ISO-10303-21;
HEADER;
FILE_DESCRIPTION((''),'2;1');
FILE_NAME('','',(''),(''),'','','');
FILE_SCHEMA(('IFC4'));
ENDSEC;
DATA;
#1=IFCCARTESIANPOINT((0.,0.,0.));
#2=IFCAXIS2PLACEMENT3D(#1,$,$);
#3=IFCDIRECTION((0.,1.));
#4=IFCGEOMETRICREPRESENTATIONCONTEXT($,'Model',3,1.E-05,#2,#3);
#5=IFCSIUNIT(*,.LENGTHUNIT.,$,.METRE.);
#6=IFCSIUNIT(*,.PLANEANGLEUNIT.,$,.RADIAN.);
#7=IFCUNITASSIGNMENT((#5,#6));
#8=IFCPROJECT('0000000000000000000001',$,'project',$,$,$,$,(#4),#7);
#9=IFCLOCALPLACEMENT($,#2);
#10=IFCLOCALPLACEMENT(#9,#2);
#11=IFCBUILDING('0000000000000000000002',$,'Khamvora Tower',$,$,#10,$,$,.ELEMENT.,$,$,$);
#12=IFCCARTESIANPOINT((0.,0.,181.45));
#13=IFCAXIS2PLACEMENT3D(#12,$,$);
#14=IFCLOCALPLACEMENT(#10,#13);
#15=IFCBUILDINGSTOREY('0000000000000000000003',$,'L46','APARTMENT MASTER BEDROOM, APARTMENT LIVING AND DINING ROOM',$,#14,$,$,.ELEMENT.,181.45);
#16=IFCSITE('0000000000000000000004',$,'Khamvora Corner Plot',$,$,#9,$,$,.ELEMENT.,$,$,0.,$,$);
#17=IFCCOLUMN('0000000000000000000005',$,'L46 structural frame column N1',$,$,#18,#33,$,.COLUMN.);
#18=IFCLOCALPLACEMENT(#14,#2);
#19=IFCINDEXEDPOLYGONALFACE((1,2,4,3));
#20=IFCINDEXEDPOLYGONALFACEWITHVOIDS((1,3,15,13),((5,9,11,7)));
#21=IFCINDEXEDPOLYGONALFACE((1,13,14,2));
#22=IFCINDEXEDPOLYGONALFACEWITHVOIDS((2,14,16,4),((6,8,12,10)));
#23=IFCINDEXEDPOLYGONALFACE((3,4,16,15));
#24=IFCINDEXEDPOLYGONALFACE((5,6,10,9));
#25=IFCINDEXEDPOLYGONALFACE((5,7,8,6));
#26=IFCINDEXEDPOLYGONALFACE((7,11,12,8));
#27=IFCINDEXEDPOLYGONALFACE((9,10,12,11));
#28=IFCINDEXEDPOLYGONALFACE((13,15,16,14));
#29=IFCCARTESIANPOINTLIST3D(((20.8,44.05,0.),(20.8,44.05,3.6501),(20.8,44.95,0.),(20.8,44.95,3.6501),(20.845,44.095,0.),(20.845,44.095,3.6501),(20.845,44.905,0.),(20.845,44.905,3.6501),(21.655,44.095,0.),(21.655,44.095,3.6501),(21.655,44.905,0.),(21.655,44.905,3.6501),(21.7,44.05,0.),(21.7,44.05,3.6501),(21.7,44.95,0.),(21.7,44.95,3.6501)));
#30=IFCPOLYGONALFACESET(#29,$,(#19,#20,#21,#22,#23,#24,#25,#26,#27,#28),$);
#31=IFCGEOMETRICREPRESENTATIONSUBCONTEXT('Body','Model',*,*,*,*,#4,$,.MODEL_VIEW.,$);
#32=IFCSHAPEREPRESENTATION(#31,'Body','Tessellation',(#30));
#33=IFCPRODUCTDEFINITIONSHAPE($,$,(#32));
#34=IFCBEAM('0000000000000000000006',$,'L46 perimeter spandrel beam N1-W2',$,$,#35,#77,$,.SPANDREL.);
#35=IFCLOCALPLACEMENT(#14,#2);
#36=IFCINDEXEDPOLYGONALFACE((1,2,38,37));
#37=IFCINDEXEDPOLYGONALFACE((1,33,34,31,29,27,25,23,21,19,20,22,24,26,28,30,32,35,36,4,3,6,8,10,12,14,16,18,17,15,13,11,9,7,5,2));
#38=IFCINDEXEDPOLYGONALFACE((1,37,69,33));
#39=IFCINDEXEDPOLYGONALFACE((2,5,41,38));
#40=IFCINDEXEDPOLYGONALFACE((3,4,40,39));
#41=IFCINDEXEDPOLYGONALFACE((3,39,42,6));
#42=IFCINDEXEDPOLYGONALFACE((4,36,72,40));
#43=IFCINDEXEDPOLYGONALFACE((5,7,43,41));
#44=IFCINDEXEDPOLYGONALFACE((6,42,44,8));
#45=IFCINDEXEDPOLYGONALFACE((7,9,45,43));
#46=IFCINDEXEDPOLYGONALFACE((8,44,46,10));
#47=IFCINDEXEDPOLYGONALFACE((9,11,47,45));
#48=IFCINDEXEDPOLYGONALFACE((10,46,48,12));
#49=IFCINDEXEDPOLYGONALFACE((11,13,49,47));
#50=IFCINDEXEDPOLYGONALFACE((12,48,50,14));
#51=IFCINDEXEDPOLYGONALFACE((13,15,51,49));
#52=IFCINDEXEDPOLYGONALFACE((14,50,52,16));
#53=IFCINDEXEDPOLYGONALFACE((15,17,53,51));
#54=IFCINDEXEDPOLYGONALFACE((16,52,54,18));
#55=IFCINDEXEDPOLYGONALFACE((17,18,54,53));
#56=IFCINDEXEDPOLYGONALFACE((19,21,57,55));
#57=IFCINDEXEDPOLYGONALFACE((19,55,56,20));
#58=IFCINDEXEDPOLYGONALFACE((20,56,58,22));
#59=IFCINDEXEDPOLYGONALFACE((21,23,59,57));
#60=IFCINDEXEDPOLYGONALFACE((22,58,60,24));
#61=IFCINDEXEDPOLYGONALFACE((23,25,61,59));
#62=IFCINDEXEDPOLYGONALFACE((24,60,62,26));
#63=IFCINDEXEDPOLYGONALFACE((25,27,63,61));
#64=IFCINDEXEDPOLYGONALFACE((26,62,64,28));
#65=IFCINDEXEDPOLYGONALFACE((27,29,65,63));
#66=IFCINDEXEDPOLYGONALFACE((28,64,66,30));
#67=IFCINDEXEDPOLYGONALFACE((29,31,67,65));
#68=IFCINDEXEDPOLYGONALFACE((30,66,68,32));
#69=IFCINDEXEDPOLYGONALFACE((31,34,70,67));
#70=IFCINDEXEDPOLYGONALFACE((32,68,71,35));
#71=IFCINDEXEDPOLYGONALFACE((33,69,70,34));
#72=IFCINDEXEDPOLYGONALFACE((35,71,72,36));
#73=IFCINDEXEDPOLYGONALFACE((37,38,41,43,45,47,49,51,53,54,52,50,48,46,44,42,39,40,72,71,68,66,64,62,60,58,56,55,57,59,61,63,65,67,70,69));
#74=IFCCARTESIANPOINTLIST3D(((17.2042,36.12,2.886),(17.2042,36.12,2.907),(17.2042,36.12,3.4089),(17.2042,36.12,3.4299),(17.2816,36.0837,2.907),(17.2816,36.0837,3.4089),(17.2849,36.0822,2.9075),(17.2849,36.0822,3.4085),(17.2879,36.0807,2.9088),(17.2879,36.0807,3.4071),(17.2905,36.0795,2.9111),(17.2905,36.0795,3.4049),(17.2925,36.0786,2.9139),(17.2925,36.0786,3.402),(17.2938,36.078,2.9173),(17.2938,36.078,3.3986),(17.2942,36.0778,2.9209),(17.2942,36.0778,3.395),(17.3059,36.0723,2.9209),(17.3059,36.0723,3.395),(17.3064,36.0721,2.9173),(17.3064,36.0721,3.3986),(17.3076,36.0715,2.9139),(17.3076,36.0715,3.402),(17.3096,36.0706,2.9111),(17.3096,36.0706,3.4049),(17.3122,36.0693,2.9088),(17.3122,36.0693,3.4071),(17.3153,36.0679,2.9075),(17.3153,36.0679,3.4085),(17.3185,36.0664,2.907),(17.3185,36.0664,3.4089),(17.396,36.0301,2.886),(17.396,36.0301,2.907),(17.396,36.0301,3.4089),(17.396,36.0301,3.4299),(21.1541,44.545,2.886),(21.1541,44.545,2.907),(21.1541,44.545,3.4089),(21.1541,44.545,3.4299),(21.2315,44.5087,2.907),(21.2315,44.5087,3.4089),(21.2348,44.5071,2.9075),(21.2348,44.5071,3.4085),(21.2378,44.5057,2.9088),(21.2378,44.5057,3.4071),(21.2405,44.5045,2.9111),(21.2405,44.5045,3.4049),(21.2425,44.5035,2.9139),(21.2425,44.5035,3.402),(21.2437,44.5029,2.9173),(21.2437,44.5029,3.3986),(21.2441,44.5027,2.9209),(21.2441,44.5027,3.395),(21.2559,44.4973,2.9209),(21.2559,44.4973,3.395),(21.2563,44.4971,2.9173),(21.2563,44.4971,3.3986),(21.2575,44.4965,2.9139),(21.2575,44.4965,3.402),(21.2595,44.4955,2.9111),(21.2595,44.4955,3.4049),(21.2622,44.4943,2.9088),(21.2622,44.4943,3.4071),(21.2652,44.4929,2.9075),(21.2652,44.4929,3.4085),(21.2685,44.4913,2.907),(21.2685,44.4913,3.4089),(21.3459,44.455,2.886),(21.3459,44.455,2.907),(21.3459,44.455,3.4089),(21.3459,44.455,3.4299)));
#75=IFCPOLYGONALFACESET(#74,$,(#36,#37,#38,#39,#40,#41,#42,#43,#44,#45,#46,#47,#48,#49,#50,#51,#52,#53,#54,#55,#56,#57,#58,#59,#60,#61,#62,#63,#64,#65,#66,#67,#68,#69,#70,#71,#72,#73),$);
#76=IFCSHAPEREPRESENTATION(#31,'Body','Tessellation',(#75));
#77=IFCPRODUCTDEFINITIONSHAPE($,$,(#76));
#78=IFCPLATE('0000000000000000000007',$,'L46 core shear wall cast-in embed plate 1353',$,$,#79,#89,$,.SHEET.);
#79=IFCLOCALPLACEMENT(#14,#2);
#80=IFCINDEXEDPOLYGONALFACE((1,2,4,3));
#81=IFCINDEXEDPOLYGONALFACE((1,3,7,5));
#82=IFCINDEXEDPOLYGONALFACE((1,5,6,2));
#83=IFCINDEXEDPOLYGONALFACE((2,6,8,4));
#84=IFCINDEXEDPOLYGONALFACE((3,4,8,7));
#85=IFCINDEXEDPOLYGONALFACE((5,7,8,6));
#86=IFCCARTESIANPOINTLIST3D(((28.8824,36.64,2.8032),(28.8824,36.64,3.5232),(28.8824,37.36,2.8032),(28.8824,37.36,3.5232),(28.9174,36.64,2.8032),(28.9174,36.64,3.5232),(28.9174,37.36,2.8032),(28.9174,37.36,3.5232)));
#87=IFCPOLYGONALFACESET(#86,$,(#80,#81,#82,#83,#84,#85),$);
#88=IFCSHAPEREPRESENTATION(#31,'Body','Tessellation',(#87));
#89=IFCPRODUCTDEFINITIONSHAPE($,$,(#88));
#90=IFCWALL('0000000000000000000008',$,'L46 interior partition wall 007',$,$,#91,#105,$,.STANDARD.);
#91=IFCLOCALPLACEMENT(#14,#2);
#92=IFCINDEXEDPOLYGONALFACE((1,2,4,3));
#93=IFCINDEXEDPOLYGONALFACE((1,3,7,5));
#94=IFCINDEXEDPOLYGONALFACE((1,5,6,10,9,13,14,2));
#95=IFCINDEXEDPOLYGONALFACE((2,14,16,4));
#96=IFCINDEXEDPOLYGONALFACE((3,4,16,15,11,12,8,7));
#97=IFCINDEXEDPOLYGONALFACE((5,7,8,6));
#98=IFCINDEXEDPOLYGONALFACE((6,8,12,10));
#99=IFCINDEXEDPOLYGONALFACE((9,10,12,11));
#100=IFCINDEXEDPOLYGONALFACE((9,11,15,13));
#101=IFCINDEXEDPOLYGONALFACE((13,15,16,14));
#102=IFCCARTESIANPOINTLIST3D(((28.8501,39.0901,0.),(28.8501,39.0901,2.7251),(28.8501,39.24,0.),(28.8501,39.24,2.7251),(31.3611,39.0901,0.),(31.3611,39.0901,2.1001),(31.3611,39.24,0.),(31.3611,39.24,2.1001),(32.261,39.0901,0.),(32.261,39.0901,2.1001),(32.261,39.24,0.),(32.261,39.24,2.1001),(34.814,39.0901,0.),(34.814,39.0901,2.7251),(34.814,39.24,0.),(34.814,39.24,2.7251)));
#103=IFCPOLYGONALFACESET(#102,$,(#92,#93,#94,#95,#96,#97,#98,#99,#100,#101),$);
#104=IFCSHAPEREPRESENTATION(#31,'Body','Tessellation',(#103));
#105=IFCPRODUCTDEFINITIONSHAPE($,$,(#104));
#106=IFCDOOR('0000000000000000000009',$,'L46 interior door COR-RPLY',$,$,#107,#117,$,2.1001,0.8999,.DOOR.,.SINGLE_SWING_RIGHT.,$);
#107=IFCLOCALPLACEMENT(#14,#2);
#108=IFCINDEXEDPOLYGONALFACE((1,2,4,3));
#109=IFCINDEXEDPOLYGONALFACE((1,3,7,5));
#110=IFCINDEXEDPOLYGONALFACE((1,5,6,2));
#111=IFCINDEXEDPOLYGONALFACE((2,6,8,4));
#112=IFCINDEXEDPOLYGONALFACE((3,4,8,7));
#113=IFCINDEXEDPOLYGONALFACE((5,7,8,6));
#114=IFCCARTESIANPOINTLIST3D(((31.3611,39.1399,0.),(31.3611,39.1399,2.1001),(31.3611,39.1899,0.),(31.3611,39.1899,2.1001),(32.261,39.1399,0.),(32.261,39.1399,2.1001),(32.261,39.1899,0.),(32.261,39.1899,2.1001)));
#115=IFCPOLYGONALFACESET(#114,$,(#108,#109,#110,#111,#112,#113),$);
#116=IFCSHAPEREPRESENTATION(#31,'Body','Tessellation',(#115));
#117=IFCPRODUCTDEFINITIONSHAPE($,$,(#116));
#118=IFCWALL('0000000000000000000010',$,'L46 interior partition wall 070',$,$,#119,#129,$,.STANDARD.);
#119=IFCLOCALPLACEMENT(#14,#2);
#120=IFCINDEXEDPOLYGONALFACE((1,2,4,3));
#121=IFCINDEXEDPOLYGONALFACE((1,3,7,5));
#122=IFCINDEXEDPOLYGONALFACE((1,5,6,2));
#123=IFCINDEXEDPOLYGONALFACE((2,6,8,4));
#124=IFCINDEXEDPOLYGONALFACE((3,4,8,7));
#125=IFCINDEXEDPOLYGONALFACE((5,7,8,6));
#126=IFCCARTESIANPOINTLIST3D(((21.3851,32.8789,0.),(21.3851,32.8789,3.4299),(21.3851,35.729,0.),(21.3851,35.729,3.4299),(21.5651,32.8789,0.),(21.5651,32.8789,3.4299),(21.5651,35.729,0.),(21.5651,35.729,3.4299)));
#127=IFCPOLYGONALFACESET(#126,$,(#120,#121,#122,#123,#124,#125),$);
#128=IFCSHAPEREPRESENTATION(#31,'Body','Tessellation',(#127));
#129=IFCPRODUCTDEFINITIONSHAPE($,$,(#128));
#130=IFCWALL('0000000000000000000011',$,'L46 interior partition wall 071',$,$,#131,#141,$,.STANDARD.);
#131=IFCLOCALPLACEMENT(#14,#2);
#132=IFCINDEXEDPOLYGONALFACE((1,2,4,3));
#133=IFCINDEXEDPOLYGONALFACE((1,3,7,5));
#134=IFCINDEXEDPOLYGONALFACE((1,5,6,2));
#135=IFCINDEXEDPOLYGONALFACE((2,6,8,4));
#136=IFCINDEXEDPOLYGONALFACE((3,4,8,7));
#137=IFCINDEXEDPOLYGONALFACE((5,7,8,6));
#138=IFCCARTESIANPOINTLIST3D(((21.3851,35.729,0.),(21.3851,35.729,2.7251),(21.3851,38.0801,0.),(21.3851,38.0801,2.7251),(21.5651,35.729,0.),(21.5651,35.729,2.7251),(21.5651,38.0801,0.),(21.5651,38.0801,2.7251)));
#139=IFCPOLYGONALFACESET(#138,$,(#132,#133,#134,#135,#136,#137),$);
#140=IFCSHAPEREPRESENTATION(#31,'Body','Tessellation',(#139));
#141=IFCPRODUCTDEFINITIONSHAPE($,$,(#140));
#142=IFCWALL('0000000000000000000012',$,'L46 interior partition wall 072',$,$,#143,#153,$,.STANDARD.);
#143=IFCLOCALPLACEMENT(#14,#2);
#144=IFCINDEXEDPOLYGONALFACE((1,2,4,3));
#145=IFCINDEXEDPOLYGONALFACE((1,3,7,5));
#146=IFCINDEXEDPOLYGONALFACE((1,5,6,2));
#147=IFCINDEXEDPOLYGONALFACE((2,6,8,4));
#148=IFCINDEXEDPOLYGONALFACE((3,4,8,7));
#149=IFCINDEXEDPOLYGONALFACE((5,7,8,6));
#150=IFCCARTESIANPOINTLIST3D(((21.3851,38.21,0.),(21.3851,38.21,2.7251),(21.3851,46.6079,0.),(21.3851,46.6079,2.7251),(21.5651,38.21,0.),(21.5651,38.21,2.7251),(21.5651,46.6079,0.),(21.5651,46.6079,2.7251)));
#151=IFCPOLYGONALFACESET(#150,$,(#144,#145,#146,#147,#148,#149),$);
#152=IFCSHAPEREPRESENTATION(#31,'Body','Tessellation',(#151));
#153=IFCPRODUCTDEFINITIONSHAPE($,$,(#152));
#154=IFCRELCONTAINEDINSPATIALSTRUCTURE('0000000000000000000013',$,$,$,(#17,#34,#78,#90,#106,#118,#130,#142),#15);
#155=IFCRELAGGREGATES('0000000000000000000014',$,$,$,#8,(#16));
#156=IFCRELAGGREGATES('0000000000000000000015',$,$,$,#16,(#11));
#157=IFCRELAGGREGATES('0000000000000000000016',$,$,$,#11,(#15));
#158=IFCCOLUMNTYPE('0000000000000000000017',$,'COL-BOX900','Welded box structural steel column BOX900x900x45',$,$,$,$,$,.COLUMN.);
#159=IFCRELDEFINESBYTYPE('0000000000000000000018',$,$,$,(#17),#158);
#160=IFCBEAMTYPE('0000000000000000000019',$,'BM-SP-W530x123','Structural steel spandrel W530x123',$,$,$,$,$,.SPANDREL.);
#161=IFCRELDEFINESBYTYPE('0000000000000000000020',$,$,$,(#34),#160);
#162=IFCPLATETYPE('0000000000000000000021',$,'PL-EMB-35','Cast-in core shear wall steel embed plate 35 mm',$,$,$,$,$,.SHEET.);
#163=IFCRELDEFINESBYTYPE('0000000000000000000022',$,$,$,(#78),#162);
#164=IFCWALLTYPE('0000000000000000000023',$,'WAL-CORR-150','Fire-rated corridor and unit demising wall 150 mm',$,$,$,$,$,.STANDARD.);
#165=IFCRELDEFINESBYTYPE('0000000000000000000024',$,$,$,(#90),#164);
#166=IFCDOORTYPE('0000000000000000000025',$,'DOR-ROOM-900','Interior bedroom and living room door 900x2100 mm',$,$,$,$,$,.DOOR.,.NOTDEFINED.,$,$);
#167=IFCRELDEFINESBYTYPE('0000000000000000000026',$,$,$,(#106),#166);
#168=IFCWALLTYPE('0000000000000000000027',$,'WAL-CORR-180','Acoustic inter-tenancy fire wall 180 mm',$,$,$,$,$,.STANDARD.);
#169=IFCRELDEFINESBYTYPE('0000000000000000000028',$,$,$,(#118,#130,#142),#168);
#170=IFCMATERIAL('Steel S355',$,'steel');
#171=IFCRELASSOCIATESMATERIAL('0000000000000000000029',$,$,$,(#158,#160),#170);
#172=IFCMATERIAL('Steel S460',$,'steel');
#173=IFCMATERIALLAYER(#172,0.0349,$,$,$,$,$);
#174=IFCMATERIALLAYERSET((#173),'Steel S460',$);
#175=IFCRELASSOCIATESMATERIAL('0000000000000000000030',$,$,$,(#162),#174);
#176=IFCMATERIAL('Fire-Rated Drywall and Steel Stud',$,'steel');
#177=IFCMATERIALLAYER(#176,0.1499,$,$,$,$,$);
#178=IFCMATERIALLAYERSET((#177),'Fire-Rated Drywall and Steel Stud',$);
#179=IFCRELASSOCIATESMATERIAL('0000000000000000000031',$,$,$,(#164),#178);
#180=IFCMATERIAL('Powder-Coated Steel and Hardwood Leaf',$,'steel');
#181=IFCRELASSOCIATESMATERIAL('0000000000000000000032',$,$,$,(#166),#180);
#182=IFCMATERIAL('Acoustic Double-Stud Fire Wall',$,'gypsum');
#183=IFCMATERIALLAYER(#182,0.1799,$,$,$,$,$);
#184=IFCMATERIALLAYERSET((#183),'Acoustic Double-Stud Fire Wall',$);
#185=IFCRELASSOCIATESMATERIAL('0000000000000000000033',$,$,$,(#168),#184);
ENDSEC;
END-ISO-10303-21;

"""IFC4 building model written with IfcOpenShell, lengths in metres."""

from ifc_helpers import new_model, si_unit, direction, frame, frame_2d, origin, origin_2d, place, context, subcontext, project, spatial, rectangle, hollow_rectangle, i_section, extrude, material, layer, layer_set, material_profile, profile_set, type_object, element, fill, save


model = new_model("IFC4")

# Units and contexts
model_context = context("Model", 3, precision=1e-05, world=origin(), true_north=direction((0.0, 1.0)))
body_context = subcontext(model_context, "Body", "Model", "MODEL_VIEW")
ifc_project = project(units=[si_unit("LENGTHUNIT", "METRE"), si_unit("PLANEANGLEUNIT", "RADIAN")], contexts=[model_context])

# Site, building, storey
site_placement = place(None, origin())
site = spatial("IfcSite", under=ifc_project, at=site_placement, Name="Khamvora Corner Plot", CompositionType="ELEMENT", RefElevation=0.0)
building_placement = place(site_placement, origin())
building = spatial("IfcBuilding", under=site, at=building_placement, Name="Khamvora Tower", CompositionType="ELEMENT")
storey_placement = place(building_placement, frame((0.0, 0.0, 181.45)))
storey = spatial("IfcBuildingStorey", under=building, at=storey_placement, Name="L46", Description="APARTMENT MASTER BEDROOM, APARTMENT LIVING AND DINING ROOM", CompositionType="ELEMENT", Elevation=181.45)

# Column
ifc_material_1 = material(Name="Steel S355", Category="steel")
ifc_material_profile_1 = material_profile(ifc_material_1, hollow_rectangle(XDim=0.8999, YDim=0.8999, WallThickness=0.0449, at=origin_2d()), Name="BOX900x900x45")
ifc_profile_set_1 = profile_set([ifc_material_profile_1], Name="Steel S355")
column_type = type_object("IfcColumnType", Name="COL-BOX900", Description="Welded box structural steel column BOX900x900x45", PredefinedType="COLUMN", material=ifc_profile_set_1)
column_placement = place(storey_placement, frame((21.25, 44.5, 0.0), z_axis=(0.0, 0.0, 1.0), x_axis=(1.0, 0.0, 0.0)))
element("IfcColumn", 1, at=column_placement, inside=storey, type_object=column_type, Name="L46 structural frame column N1", PredefinedType="COLUMN", context=body_context, shape_type="SweptSolid", body=[
    extrude(hollow_rectangle(XDim=0.8999, YDim=0.8999, WallThickness=0.0449, at=origin_2d()), origin(), (0.0, 0.0, 1.0), 3.6501),
])

# Beam
ifc_material_profile_2 = material_profile(ifc_material_1, i_section(OverallWidth=0.2119, OverallDepth=0.5439, WebThickness=0.0129, FlangeThickness=0.021, FilletRadius=0.0139, at=origin_2d()), Name="W530x123")
ifc_profile_set_2 = profile_set([ifc_material_profile_2], Name="Steel S355")
beam_type = type_object("IfcBeamType", Name="BM-SP-W530x123", Description="Structural steel spandrel W530x123", PredefinedType="SPANDREL", material=ifc_profile_set_2)
beam_placement = place(storey_placement, frame((21.25, 44.5, 3.158), z_axis=(-0.424496, -0.90543, 0.0), x_axis=(0.90543, -0.424496, 0.0)))
element("IfcBeam", 2, at=beam_placement, inside=storey, type_object=beam_type, Name="L46 perimeter spandrel beam N1-W2", PredefinedType="SPANDREL", context=body_context, shape_type="SweptSolid", body=[
    extrude(i_section(OverallWidth=0.2119, OverallDepth=0.5439, WebThickness=0.0129, FlangeThickness=0.021, FilletRadius=0.0139, at=origin_2d()), origin(), (0.0, 0.0, 1.0), 9.3049),
])

# Plate
ifc_material_2 = material(Name="Steel S460", Category="steel")
ifc_layer_1 = layer(ifc_material_2, 0.0349)
ifc_layer_set_1 = layer_set([ifc_layer_1], Name="Steel S460")
plate_type = type_object("IfcPlateType", Name="PL-EMB-35", Description="Cast-in core shear wall steel embed plate 35 mm", PredefinedType="SHEET", material=ifc_layer_set_1)
plate_placement = place(storey_placement, frame((28.8999, 37.0, 2.8032), z_axis=(0.0, 0.0, 1.0), x_axis=(1.0, 0.0, 0.0)))
element("IfcPlate", 3, at=plate_placement, inside=storey, type_object=plate_type, Name="L46 core shear wall cast-in embed plate 1353", PredefinedType="SHEET", context=body_context, shape_type="SweptSolid", body=[
    extrude(rectangle(XDim=0.0349, YDim=0.72, at=origin_2d()), origin(), (0.0, 0.0, 1.0), 0.72),
])

# Wall, opening, door
ifc_material_3 = material(Name="Fire-Rated Drywall and Steel Stud", Category="steel")
ifc_layer_2 = layer(ifc_material_3, 0.1499)
ifc_layer_set_2 = layer_set([ifc_layer_2], Name="Fire-Rated Drywall and Steel Stud")
wall_type_1 = type_object("IfcWallType", Name="WAL-CORR-150", Description="Fire-rated corridor and unit demising wall 150 mm", PredefinedType="STANDARD", material=ifc_layer_set_2)
wall_1_placement = place(storey_placement, frame((28.8501, 39.165, 0.0), z_axis=(0.0, 0.0, 1.0), x_axis=(1.0, 0.0, 0.0)))
wall_1 = element("IfcWall", 4, at=wall_1_placement, inside=storey, type_object=wall_type_1, Name="L46 interior partition wall 007", PredefinedType="STANDARD", context=body_context, shape_type="SweptSolid", body=[
    extrude(rectangle(XDim=5.9639, YDim=0.1499, at=frame_2d((2.9819, 0.0))), origin(), (0.0, 0.0, 1.0), 2.7251),
])
opening_1_placement = place(wall_1_placement, frame((2.511, 0.0, 0.0)))
opening_1 = element("IfcOpeningElement", 5, at=opening_1_placement, cuts=wall_1, PredefinedType="OPENING", context=body_context, shape_type="SweptSolid", body=[
    extrude(rectangle(XDim=0.8999, YDim=2.1001, at=frame_2d((0.45, 1.05))), frame((0.0, 0.085, 0.0), z_axis=(0.0, -1.0, 0.0), x_axis=(1.0, 0.0, 0.0)), (0.0, 0.0, 1.0), 0.1699),
])
ifc_material_4 = material(Name="Powder-Coated Steel and Hardwood Leaf", Category="steel")
door_type_1 = type_object("IfcDoorType", Name="DOR-ROOM-900", Description="Interior bedroom and living room door 900x2100 mm", OperationType="NOTDEFINED", PredefinedType="DOOR", material=ifc_material_4)
door_1_placement = place(opening_1_placement, origin())
door_1 = element("IfcDoor", 6, at=door_1_placement, inside=storey, type_object=door_type_1, Name="L46 interior door COR-RPLY", OperationType="SINGLE_SWING_RIGHT", OverallHeight=2.1001, OverallWidth=0.8999, PredefinedType="DOOR", context=body_context, shape_type="SweptSolid", body=[
    extrude(rectangle(XDim=0.8999, YDim=2.1001, at=frame_2d((0.45, 1.05))), frame((0.0, 0.0249, 0.0), z_axis=(0.0, -1.0, 0.0), x_axis=(1.0, 0.0, 0.0)), (0.0, 0.0, 1.0), 0.05),
])
fill(opening_1, door_1)

# Walls
ifc_material_5 = material(Name="Acoustic Double-Stud Fire Wall", Category="gypsum")
ifc_layer_3 = layer(ifc_material_5, 0.1799)
ifc_layer_set_3 = layer_set([ifc_layer_3], Name="Acoustic Double-Stud Fire Wall")
wall_type_2 = type_object("IfcWallType", Name="WAL-CORR-180", Description="Acoustic inter-tenancy fire wall 180 mm", PredefinedType="STANDARD", material=ifc_layer_set_3)
wall_2_placement = place(storey_placement, frame((21.4751, 35.729, 0.0), z_axis=(0.0, 0.0, 1.0), x_axis=(0.0, -1.0, 0.0)))
element("IfcWall", 7, at=wall_2_placement, inside=storey, type_object=wall_type_2, Name="L46 interior partition wall 070", PredefinedType="STANDARD", context=body_context, shape_type="SweptSolid", body=[
    extrude(rectangle(XDim=2.8501, YDim=0.1799, at=frame_2d((1.425, 0.0))), origin(), (0.0, 0.0, 1.0), 3.4299),
])
wall_3_placement = place(storey_placement, frame((21.4751, 38.0801, 0.0), z_axis=(0.0, 0.0, 1.0), x_axis=(0.0, -1.0, 0.0)))
element("IfcWall", 8, at=wall_3_placement, inside=storey, type_object=wall_type_2, Name="L46 interior partition wall 071", PredefinedType="STANDARD", context=body_context, shape_type="SweptSolid", body=[
    extrude(rectangle(XDim=2.3511, YDim=0.1799, at=frame_2d((1.1755, 0.0))), origin(), (0.0, 0.0, 1.0), 2.7251),
])
wall_4_placement = place(storey_placement, frame((21.4751, 46.6079, 0.0), z_axis=(0.0, 0.0, 1.0), x_axis=(0.0, -1.0, 0.0)))
element("IfcWall", 9, at=wall_4_placement, inside=storey, type_object=wall_type_2, Name="L46 interior partition wall 072", PredefinedType="STANDARD", context=body_context, shape_type="SweptSolid", body=[
    extrude(rectangle(XDim=8.3979, YDim=0.1799, at=frame_2d((4.199, 0.0))), origin(), (0.0, 0.0, 1.0), 2.7251),
])

save(model, "model.ifc")
